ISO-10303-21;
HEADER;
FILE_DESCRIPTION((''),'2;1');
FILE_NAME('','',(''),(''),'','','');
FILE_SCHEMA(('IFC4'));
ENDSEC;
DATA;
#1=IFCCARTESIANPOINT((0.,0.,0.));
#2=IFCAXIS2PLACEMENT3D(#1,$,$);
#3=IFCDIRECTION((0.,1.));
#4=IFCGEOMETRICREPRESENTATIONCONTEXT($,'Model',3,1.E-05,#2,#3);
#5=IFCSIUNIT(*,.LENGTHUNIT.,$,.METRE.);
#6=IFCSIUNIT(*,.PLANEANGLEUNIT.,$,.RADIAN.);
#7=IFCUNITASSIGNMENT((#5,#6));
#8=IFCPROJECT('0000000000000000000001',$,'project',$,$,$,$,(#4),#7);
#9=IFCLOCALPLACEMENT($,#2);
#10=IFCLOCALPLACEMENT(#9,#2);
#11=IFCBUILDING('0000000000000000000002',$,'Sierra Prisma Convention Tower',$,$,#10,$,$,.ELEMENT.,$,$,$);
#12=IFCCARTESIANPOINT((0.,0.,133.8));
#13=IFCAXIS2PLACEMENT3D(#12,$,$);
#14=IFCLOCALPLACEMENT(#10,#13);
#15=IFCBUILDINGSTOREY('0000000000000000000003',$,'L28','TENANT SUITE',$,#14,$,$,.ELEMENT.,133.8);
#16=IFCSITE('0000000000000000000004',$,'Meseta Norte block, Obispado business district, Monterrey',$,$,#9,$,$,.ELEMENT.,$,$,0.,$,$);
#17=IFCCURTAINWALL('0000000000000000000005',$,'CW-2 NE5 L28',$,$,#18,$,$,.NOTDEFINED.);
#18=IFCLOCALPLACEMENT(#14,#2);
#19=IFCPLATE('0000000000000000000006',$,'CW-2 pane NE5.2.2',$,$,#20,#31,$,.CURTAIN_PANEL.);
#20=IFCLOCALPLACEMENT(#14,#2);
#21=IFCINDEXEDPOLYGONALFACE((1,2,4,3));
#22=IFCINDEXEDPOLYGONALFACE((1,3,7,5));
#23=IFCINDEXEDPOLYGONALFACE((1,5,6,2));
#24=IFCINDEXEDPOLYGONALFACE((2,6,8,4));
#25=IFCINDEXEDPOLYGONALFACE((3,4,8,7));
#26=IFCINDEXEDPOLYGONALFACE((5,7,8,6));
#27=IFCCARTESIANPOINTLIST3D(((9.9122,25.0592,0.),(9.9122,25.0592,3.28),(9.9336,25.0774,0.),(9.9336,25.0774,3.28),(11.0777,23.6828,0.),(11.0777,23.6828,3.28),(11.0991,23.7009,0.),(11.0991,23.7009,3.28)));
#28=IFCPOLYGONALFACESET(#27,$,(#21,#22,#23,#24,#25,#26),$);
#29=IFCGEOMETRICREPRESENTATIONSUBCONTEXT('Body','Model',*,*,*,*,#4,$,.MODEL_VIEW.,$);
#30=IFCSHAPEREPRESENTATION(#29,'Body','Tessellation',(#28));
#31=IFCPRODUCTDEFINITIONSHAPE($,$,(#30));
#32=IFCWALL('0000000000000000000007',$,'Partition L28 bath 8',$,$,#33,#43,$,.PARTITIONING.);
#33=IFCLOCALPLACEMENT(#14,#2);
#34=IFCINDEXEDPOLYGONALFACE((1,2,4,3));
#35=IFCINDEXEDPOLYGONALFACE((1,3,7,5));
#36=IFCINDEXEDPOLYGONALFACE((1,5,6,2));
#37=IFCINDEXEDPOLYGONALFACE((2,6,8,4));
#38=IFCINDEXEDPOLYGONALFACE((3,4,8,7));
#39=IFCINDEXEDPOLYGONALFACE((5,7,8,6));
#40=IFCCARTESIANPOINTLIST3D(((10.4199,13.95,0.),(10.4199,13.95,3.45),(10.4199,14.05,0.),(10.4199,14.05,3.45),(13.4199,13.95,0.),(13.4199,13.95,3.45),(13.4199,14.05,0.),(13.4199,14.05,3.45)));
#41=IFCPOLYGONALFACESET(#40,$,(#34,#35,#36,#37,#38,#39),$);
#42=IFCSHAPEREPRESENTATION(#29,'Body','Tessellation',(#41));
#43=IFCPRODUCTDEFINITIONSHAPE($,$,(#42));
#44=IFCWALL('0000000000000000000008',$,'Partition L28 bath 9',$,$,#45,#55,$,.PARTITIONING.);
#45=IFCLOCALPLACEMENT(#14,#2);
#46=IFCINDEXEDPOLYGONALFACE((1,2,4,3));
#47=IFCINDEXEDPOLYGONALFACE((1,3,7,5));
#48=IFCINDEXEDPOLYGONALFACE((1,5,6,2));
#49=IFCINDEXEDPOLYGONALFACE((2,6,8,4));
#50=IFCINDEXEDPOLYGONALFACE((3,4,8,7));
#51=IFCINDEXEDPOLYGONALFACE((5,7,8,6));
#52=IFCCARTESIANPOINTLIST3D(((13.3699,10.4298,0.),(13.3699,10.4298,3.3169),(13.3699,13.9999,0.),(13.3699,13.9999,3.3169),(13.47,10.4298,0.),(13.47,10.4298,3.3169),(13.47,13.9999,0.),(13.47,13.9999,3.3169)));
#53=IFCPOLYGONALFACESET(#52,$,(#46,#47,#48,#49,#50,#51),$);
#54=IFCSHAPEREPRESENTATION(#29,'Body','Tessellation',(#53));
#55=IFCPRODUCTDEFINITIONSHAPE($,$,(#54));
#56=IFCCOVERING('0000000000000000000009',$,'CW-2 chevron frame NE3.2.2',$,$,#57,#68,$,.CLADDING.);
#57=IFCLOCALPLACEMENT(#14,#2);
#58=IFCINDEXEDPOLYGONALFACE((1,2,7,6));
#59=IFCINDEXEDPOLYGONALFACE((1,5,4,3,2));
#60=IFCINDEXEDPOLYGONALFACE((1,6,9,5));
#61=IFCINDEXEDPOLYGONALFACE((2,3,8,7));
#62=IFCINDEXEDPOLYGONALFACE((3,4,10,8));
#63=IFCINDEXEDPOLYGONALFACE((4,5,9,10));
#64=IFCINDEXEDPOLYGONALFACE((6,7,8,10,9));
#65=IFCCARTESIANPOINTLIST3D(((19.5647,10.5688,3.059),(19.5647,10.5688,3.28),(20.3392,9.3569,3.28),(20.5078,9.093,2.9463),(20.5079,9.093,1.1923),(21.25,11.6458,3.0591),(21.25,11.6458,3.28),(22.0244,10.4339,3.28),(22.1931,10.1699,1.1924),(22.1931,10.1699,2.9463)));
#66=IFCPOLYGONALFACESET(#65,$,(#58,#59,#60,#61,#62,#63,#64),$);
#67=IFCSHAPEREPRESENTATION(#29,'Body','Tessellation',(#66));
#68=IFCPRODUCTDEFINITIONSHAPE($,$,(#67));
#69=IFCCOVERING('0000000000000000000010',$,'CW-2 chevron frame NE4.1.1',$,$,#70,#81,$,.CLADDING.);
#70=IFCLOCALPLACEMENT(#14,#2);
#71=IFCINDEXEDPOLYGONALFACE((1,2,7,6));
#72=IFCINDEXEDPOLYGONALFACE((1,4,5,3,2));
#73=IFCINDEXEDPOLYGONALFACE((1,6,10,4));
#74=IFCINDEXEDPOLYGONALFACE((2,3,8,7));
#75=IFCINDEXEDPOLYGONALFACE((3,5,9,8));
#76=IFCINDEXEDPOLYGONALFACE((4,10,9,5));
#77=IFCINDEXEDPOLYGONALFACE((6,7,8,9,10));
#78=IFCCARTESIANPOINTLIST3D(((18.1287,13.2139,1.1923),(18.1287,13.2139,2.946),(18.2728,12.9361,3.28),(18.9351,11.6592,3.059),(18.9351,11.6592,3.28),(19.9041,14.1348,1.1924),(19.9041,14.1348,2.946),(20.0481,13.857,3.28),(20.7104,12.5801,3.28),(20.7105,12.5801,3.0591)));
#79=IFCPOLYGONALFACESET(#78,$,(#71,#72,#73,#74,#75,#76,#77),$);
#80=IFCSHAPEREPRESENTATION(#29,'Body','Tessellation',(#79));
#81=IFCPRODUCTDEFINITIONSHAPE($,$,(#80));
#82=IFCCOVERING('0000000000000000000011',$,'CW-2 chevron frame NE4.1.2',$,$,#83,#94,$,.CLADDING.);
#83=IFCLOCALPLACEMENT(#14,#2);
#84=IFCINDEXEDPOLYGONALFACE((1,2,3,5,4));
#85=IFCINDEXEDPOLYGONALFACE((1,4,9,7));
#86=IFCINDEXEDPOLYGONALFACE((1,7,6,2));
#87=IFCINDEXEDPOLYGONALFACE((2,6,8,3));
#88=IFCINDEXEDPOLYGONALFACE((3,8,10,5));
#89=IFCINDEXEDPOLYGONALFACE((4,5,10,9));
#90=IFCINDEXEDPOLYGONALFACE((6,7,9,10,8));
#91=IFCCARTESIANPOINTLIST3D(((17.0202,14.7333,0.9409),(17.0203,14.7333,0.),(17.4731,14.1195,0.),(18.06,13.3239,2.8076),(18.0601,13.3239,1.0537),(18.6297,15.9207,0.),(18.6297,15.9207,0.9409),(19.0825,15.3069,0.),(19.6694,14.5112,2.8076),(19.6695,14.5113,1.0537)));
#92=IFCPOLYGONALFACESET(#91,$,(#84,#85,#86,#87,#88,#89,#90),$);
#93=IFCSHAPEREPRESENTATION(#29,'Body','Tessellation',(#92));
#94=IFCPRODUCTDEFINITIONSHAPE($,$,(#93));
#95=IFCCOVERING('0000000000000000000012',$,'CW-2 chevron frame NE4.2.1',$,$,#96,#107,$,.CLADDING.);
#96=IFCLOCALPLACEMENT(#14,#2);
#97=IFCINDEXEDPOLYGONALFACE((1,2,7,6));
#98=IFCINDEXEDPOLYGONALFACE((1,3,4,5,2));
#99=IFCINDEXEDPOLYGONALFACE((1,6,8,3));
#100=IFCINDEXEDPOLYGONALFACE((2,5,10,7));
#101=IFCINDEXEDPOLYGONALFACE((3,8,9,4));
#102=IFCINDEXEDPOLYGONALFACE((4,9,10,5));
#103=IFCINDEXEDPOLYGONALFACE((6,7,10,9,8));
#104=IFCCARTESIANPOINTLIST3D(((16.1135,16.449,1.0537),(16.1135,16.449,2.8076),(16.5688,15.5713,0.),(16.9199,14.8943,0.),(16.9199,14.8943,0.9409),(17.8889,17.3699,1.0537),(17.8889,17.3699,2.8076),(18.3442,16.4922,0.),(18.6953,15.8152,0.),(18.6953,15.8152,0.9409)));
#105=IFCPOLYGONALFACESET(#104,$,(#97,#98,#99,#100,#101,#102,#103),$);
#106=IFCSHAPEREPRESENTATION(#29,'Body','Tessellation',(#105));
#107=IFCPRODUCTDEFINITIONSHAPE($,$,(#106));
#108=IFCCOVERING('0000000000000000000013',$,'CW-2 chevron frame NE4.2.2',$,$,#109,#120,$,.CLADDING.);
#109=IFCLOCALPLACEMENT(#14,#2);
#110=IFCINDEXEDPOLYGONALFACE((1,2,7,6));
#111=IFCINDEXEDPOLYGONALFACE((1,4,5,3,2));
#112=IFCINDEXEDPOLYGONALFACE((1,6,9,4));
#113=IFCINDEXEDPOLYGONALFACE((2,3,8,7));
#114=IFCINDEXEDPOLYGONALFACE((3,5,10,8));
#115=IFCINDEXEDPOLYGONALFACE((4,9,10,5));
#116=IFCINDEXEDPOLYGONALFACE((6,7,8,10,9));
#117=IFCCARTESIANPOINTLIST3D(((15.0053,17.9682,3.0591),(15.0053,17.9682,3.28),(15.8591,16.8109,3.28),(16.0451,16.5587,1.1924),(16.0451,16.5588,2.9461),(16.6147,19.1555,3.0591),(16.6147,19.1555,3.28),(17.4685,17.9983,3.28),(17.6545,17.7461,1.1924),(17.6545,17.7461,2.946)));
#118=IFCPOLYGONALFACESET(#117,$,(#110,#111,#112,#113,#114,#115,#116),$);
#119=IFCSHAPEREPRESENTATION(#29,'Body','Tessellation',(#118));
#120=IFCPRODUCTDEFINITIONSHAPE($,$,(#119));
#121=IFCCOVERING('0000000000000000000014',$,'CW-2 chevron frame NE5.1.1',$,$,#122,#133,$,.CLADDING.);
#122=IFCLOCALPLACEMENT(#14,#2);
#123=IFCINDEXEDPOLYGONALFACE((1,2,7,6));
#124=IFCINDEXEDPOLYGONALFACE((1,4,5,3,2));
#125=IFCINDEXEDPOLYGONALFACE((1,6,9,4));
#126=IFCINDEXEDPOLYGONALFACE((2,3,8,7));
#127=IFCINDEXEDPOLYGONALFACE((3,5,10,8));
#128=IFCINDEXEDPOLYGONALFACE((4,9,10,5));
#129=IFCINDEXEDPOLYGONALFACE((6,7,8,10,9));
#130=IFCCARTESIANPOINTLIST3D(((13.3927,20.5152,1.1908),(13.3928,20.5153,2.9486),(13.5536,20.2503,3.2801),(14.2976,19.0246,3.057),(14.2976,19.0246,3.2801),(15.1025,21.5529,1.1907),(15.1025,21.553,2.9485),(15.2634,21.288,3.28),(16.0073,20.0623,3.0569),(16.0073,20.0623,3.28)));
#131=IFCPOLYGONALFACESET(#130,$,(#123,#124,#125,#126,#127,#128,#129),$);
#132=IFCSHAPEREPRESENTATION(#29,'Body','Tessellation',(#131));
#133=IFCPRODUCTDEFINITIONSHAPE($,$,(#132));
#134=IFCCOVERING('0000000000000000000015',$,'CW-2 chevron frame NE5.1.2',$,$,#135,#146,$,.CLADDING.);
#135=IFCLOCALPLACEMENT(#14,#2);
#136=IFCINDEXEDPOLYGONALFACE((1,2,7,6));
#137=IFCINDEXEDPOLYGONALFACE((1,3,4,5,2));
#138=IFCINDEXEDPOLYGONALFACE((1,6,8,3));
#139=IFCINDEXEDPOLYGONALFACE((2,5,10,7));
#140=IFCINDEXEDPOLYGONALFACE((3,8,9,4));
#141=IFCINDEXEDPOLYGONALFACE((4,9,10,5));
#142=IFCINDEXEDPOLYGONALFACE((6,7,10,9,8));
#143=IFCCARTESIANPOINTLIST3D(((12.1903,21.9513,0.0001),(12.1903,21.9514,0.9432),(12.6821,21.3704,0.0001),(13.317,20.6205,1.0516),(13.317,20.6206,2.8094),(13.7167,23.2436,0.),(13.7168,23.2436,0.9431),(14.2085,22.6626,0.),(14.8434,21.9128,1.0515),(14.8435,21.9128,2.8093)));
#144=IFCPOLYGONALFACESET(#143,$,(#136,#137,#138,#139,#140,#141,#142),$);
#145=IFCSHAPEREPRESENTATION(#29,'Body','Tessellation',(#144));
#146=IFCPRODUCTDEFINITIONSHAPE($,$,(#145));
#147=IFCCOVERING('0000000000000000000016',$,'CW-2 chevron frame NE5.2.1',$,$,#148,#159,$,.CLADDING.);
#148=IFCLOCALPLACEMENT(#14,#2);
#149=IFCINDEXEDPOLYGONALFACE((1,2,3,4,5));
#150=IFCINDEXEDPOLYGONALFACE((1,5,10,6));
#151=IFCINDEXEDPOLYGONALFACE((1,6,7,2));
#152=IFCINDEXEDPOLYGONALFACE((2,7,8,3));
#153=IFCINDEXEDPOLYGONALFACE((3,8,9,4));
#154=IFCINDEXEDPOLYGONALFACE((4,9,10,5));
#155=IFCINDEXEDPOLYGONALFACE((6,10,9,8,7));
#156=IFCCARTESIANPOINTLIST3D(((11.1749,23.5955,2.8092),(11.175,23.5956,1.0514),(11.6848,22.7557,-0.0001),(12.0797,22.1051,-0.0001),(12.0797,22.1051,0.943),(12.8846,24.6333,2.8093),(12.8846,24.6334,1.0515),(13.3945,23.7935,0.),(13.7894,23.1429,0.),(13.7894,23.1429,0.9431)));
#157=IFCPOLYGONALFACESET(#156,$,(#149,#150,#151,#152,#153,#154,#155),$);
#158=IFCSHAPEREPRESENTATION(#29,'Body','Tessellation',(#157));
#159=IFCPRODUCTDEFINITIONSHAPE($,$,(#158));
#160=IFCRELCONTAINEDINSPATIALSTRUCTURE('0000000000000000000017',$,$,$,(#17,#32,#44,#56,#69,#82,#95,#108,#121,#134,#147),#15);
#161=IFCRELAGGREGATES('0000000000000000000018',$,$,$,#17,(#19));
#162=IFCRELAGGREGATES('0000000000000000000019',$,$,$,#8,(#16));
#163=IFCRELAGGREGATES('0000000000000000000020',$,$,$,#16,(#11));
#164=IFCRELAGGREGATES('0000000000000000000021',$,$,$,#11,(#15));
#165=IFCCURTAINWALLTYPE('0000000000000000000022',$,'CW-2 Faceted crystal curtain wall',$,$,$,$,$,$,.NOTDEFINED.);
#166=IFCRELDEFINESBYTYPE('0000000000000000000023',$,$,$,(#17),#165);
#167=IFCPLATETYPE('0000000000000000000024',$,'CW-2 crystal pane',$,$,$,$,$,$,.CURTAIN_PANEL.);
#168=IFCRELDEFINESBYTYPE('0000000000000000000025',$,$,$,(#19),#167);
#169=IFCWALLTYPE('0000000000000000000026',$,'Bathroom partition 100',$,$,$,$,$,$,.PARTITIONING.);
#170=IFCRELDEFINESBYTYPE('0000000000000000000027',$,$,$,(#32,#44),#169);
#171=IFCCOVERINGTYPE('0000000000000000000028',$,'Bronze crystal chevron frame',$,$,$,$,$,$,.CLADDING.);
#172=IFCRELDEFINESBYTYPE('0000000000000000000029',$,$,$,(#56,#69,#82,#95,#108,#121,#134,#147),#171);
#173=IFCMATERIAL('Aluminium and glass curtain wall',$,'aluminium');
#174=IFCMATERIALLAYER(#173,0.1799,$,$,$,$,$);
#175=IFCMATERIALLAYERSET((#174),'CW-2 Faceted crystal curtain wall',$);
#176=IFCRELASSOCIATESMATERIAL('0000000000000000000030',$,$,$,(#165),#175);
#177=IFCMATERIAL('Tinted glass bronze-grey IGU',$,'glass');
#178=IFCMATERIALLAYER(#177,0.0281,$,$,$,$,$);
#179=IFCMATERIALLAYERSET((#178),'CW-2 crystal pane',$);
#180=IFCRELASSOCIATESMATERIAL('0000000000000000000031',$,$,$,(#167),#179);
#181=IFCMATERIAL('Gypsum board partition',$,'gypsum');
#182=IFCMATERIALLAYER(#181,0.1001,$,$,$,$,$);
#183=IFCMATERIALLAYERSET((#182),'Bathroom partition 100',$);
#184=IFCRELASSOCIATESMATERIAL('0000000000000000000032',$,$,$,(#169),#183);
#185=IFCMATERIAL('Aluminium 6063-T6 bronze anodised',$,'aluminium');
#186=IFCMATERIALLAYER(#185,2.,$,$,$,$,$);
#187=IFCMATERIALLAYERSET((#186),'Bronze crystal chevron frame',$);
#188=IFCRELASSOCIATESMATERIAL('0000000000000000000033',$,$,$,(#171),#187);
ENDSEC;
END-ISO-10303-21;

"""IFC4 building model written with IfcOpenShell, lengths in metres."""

from ifc_helpers import new_model, si_unit, direction, frame, frame_2d, origin, place, context, subcontext, project, spatial, polyline, rectangle, outline, extrude, material, layer, layer_set, type_object, element, aggregate, save


model = new_model("IFC4")

# Units and contexts
model_context = context("Model", 3, precision=1e-05, world=origin(), true_north=direction((0.0, 1.0)))
body_context = subcontext(model_context, "Body", "Model", "MODEL_VIEW")
ifc_project = project(units=[si_unit("LENGTHUNIT", "METRE"), si_unit("PLANEANGLEUNIT", "RADIAN")], contexts=[model_context])

# Site, building, storey
site_placement = place(None, origin())
site = spatial("IfcSite", under=ifc_project, at=site_placement, Name="Meseta Norte block, Obispado business district, Monterrey", CompositionType="ELEMENT", RefElevation=0.0)
building_placement = place(site_placement, origin())
building = spatial("IfcBuilding", under=site, at=building_placement, Name="Sierra Prisma Convention Tower", CompositionType="ELEMENT")
storey_placement = place(building_placement, frame((0.0, 0.0, 133.8)))
storey = spatial("IfcBuildingStorey", under=building, at=storey_placement, Name="L28", Description="TENANT SUITE", CompositionType="ELEMENT", Elevation=133.8)

# Curtain wall
ifc_material_1 = material(Name="Aluminium and glass curtain wall", Category="aluminium")
ifc_layer_1 = layer(ifc_material_1, 0.1799)
ifc_layer_set_1 = layer_set([ifc_layer_1], Name="CW-2 Faceted crystal curtain wall")
curtain_wall_type = type_object("IfcCurtainWallType", Name="CW-2 Faceted crystal curtain wall", PredefinedType="NOTDEFINED", material=ifc_layer_set_1)
curtain_wall_1_placement = place(storey_placement, origin())
curtain_wall_1 = element("IfcCurtainWall", 1, at=curtain_wall_1_placement, inside=storey, type_object=curtain_wall_type, Name="CW-2 NE5 L28", PredefinedType="NOTDEFINED")

# Plate
ifc_material_2 = material(Name="Tinted glass bronze-grey IGU", Category="glass")
ifc_layer_2 = layer(ifc_material_2, 0.0281)
ifc_layer_set_2 = layer_set([ifc_layer_2], Name="CW-2 crystal pane")
plate_type = type_object("IfcPlateType", Name="CW-2 crystal pane", PredefinedType="CURTAIN_PANEL", material=ifc_layer_set_2)
plate_1_placement = place(storey_placement, frame((9.9336, 25.0774, 0.0), z_axis=(0.76316, 0.646209, 0.0), x_axis=(0.646209, -0.76316, 0.0)))
plate_1 = element("IfcPlate", 2, at=plate_1_placement, type_object=plate_type, Name="CW-2 pane NE5.2.2", PredefinedType="CURTAIN_PANEL", context=body_context, shape_type="SweptSolid", body=[
    extrude(outline(polyline([(0.0, 0.0), (1.8036, 0.0), (1.8036, -3.28), (0.0, -3.28), (0.0, 0.0)])), origin(), (0.0, 0.0, -1.0), 0.0281),
])
aggregate(curtain_wall_1, [plate_1])

# Walls
ifc_material_3 = material(Name="Gypsum board partition", Category="gypsum")
ifc_layer_3 = layer(ifc_material_3, 0.1001)
ifc_layer_set_3 = layer_set([ifc_layer_3], Name="Bathroom partition 100")
wall_type = type_object("IfcWallType", Name="Bathroom partition 100", PredefinedType="PARTITIONING", material=ifc_layer_set_3)
wall_1_placement = place(storey_placement, frame((10.4199, 14.0, 0.0), z_axis=(0.0, 0.0, 1.0), x_axis=(1.0, 0.0, 0.0)))
element("IfcWall", 3, at=wall_1_placement, inside=storey, type_object=wall_type, Name="Partition L28 bath 8", PredefinedType="PARTITIONING", context=body_context, shape_type="SweptSolid", body=[
    extrude(rectangle(XDim=3.0, YDim=0.1001, at=frame_2d((1.5, 0.0))), origin(), (0.0, 0.0, 1.0), 3.45),
])
wall_2_placement = place(storey_placement, frame((13.4199, 14.0, 0.0), z_axis=(0.0, 0.0, 1.0), x_axis=(0.0, -1.0, 0.0)))
element("IfcWall", 4, at=wall_2_placement, inside=storey, type_object=wall_type, Name="Partition L28 bath 9", PredefinedType="PARTITIONING", context=body_context, shape_type="SweptSolid", body=[
    extrude(rectangle(XDim=3.5701, YDim=0.1001, at=frame_2d((1.7852, 0.0))), origin(), (0.0, 0.0, 1.0), 3.3169),
])

# Coverings
ifc_material_4 = material(Name="Aluminium 6063-T6 bronze anodised", Category="aluminium")
ifc_layer_4 = layer(ifc_material_4, 2.0)
ifc_layer_set_4 = layer_set([ifc_layer_4], Name="Bronze crystal chevron frame")
covering_type = type_object("IfcCoveringType", Name="Bronze crystal chevron frame", PredefinedType="CLADDING", material=ifc_layer_set_4)
covering_1_placement = place(storey_placement, frame((21.25, 11.6458, 3.28), z_axis=(0.84264, 0.538477, 0.000018), x_axis=(0.538477, -0.84264, 0.0)))
element("IfcCovering", 5, at=covering_1_placement, inside=storey, type_object=covering_type, Name="CW-2 chevron frame NE3.2.2", PredefinedType="CLADDING", context=body_context, shape_type="SweptSolid", body=[
    extrude(outline(polyline([(0.0, 0.0), (1.4382, 0.0), (1.7514, 0.3337), (1.7514, 2.0876), (0.0, 0.2209), (0.0, 0.0)])), origin(), (0.0, 0.0, -1.0), 2.0),
])
covering_2_placement = place(storey_placement, frame((20.7104, 12.5801, 3.28), z_axis=(0.887691, 0.460439, 0.000026), x_axis=(0.000023, 0.000012, -1.0)))
element("IfcCovering", 6, at=covering_2_placement, inside=storey, type_object=covering_type, Name="CW-2 chevron frame NE4.1.1", PredefinedType="CLADDING", context=body_context, shape_type="SweptSolid", body=[
    extrude(outline(polyline([(0.0, 0.0), (0.2209, 0.0), (2.0876, 1.7514), (0.334, 1.7514), (0.0, 1.4384), (0.0, 0.0)])), origin(), (0.0, 0.0, -1.0), 2.0),
])
covering_3_placement = place(storey_placement, frame((19.6694, 14.5112, 2.8076), z_axis=(0.804702, 0.593679, 0.000019), x_axis=(0.000016, 0.000011, -1.0)))
element("IfcCovering", 7, at=covering_3_placement, inside=storey, type_object=covering_type, Name="CW-2 chevron frame NE4.1.2", PredefinedType="CLADDING", context=body_context, shape_type="SweptSolid", body=[
    extrude(outline(polyline([(0.0, 0.0), (1.7539, 0.0), (2.8076, 0.9887), (2.8076, 1.7515), (1.8667, 1.7515), (0.0, 0.0)])), origin(), (0.0, 0.0, -1.0), 2.0),
])
covering_4_placement = place(storey_placement, frame((18.6953, 15.8152, 0.0), z_axis=(0.887699, 0.460423, 0.000022), x_axis=(-0.460423, 0.887699, 0.0)))
element("IfcCovering", 8, at=covering_4_placement, inside=storey, type_object=covering_type, Name="CW-2 chevron frame NE4.2.1", PredefinedType="CLADDING", context=body_context, shape_type="SweptSolid", body=[
    extrude(outline(polyline([(0.0, 0.0), (0.7626, 0.0), (1.7514, 1.0537), (1.7514, 2.8076), (0.0, 0.9409), (0.0, 0.0)])), origin(), (0.0, 0.0, -1.0), 2.0),
])
covering_5_placement = place(storey_placement, frame((16.6147, 19.1555, 3.28), z_axis=(0.804708, 0.593671, -0.000008), x_axis=(0.593671, -0.804708, 0.0)))
element("IfcCovering", 9, at=covering_5_placement, inside=storey, type_object=covering_type, Name="CW-2 chevron frame NE4.2.2", PredefinedType="CLADDING", context=body_context, shape_type="SweptSolid", body=[
    extrude(outline(polyline([(0.0, 0.0), (1.4381, 0.0), (1.7515, 0.334), (1.7515, 2.0876), (0.0, 0.2209), (0.0, 0.0)])), origin(), (0.0, 0.0, -1.0), 2.0),
])
covering_6_placement = place(storey_placement, frame((16.0073, 20.0623, 3.28), z_axis=(0.854867, 0.518847, -0.000043), x_axis=(-0.000037, -0.000022, -1.0)))
element("IfcCovering", 10, at=covering_6_placement, inside=storey, type_object=covering_type, Name="CW-2 chevron frame NE5.1.1", PredefinedType="CLADDING", context=body_context, shape_type="SweptSolid", body=[
    extrude(outline(polyline([(0.0, 0.0), (0.2231, 0.0), (2.0894, 1.7438), (0.3315, 1.7438), (0.0, 1.4339), (0.0, 0.0)])), origin(), (0.0, 0.0, -1.0), 2.0),
])
covering_7_placement = place(storey_placement, frame((14.8435, 21.9128, 2.8093), z_axis=(0.763228, 0.646129, -0.000058), x_axis=(-0.000044, -0.000038, -1.0)))
element("IfcCovering", 11, at=covering_7_placement, inside=storey, type_object=covering_type, Name="CW-2 chevron frame NE5.1.2", PredefinedType="CLADDING", context=body_context, shape_type="SweptSolid", body=[
    extrude(outline(polyline([(0.0, 0.0), (1.7578, 0.0), (2.8093, 0.9825), (2.8093, 1.7437), (1.8662, 1.7437), (0.0, 0.0)])), origin(), (0.0, 0.0, -1.0), 2.0),
])
covering_8_placement = place(storey_placement, frame((13.3945, 23.7935, 0.0), z_axis=(0.854841, 0.51889, 0.000051), x_axis=(-0.354303, 0.583622, 0.730653)))
element("IfcCovering", 12, at=covering_8_placement, inside=storey, type_object=covering_type, Name="CW-2 chevron frame NE5.2.1", PredefinedType="CLADDING", context=body_context, shape_type="SweptSolid", body=[
    extrude(outline(polyline([(0.0, 0.0), (1.4391, 0.0), (2.7235, 1.2001), (0.1695, 1.2), (-0.5196, 0.5561), (0.0, 0.0)])), origin(), (0.0, 0.0, -1.0), 2.0),
])

save(model, "model.ifc")
